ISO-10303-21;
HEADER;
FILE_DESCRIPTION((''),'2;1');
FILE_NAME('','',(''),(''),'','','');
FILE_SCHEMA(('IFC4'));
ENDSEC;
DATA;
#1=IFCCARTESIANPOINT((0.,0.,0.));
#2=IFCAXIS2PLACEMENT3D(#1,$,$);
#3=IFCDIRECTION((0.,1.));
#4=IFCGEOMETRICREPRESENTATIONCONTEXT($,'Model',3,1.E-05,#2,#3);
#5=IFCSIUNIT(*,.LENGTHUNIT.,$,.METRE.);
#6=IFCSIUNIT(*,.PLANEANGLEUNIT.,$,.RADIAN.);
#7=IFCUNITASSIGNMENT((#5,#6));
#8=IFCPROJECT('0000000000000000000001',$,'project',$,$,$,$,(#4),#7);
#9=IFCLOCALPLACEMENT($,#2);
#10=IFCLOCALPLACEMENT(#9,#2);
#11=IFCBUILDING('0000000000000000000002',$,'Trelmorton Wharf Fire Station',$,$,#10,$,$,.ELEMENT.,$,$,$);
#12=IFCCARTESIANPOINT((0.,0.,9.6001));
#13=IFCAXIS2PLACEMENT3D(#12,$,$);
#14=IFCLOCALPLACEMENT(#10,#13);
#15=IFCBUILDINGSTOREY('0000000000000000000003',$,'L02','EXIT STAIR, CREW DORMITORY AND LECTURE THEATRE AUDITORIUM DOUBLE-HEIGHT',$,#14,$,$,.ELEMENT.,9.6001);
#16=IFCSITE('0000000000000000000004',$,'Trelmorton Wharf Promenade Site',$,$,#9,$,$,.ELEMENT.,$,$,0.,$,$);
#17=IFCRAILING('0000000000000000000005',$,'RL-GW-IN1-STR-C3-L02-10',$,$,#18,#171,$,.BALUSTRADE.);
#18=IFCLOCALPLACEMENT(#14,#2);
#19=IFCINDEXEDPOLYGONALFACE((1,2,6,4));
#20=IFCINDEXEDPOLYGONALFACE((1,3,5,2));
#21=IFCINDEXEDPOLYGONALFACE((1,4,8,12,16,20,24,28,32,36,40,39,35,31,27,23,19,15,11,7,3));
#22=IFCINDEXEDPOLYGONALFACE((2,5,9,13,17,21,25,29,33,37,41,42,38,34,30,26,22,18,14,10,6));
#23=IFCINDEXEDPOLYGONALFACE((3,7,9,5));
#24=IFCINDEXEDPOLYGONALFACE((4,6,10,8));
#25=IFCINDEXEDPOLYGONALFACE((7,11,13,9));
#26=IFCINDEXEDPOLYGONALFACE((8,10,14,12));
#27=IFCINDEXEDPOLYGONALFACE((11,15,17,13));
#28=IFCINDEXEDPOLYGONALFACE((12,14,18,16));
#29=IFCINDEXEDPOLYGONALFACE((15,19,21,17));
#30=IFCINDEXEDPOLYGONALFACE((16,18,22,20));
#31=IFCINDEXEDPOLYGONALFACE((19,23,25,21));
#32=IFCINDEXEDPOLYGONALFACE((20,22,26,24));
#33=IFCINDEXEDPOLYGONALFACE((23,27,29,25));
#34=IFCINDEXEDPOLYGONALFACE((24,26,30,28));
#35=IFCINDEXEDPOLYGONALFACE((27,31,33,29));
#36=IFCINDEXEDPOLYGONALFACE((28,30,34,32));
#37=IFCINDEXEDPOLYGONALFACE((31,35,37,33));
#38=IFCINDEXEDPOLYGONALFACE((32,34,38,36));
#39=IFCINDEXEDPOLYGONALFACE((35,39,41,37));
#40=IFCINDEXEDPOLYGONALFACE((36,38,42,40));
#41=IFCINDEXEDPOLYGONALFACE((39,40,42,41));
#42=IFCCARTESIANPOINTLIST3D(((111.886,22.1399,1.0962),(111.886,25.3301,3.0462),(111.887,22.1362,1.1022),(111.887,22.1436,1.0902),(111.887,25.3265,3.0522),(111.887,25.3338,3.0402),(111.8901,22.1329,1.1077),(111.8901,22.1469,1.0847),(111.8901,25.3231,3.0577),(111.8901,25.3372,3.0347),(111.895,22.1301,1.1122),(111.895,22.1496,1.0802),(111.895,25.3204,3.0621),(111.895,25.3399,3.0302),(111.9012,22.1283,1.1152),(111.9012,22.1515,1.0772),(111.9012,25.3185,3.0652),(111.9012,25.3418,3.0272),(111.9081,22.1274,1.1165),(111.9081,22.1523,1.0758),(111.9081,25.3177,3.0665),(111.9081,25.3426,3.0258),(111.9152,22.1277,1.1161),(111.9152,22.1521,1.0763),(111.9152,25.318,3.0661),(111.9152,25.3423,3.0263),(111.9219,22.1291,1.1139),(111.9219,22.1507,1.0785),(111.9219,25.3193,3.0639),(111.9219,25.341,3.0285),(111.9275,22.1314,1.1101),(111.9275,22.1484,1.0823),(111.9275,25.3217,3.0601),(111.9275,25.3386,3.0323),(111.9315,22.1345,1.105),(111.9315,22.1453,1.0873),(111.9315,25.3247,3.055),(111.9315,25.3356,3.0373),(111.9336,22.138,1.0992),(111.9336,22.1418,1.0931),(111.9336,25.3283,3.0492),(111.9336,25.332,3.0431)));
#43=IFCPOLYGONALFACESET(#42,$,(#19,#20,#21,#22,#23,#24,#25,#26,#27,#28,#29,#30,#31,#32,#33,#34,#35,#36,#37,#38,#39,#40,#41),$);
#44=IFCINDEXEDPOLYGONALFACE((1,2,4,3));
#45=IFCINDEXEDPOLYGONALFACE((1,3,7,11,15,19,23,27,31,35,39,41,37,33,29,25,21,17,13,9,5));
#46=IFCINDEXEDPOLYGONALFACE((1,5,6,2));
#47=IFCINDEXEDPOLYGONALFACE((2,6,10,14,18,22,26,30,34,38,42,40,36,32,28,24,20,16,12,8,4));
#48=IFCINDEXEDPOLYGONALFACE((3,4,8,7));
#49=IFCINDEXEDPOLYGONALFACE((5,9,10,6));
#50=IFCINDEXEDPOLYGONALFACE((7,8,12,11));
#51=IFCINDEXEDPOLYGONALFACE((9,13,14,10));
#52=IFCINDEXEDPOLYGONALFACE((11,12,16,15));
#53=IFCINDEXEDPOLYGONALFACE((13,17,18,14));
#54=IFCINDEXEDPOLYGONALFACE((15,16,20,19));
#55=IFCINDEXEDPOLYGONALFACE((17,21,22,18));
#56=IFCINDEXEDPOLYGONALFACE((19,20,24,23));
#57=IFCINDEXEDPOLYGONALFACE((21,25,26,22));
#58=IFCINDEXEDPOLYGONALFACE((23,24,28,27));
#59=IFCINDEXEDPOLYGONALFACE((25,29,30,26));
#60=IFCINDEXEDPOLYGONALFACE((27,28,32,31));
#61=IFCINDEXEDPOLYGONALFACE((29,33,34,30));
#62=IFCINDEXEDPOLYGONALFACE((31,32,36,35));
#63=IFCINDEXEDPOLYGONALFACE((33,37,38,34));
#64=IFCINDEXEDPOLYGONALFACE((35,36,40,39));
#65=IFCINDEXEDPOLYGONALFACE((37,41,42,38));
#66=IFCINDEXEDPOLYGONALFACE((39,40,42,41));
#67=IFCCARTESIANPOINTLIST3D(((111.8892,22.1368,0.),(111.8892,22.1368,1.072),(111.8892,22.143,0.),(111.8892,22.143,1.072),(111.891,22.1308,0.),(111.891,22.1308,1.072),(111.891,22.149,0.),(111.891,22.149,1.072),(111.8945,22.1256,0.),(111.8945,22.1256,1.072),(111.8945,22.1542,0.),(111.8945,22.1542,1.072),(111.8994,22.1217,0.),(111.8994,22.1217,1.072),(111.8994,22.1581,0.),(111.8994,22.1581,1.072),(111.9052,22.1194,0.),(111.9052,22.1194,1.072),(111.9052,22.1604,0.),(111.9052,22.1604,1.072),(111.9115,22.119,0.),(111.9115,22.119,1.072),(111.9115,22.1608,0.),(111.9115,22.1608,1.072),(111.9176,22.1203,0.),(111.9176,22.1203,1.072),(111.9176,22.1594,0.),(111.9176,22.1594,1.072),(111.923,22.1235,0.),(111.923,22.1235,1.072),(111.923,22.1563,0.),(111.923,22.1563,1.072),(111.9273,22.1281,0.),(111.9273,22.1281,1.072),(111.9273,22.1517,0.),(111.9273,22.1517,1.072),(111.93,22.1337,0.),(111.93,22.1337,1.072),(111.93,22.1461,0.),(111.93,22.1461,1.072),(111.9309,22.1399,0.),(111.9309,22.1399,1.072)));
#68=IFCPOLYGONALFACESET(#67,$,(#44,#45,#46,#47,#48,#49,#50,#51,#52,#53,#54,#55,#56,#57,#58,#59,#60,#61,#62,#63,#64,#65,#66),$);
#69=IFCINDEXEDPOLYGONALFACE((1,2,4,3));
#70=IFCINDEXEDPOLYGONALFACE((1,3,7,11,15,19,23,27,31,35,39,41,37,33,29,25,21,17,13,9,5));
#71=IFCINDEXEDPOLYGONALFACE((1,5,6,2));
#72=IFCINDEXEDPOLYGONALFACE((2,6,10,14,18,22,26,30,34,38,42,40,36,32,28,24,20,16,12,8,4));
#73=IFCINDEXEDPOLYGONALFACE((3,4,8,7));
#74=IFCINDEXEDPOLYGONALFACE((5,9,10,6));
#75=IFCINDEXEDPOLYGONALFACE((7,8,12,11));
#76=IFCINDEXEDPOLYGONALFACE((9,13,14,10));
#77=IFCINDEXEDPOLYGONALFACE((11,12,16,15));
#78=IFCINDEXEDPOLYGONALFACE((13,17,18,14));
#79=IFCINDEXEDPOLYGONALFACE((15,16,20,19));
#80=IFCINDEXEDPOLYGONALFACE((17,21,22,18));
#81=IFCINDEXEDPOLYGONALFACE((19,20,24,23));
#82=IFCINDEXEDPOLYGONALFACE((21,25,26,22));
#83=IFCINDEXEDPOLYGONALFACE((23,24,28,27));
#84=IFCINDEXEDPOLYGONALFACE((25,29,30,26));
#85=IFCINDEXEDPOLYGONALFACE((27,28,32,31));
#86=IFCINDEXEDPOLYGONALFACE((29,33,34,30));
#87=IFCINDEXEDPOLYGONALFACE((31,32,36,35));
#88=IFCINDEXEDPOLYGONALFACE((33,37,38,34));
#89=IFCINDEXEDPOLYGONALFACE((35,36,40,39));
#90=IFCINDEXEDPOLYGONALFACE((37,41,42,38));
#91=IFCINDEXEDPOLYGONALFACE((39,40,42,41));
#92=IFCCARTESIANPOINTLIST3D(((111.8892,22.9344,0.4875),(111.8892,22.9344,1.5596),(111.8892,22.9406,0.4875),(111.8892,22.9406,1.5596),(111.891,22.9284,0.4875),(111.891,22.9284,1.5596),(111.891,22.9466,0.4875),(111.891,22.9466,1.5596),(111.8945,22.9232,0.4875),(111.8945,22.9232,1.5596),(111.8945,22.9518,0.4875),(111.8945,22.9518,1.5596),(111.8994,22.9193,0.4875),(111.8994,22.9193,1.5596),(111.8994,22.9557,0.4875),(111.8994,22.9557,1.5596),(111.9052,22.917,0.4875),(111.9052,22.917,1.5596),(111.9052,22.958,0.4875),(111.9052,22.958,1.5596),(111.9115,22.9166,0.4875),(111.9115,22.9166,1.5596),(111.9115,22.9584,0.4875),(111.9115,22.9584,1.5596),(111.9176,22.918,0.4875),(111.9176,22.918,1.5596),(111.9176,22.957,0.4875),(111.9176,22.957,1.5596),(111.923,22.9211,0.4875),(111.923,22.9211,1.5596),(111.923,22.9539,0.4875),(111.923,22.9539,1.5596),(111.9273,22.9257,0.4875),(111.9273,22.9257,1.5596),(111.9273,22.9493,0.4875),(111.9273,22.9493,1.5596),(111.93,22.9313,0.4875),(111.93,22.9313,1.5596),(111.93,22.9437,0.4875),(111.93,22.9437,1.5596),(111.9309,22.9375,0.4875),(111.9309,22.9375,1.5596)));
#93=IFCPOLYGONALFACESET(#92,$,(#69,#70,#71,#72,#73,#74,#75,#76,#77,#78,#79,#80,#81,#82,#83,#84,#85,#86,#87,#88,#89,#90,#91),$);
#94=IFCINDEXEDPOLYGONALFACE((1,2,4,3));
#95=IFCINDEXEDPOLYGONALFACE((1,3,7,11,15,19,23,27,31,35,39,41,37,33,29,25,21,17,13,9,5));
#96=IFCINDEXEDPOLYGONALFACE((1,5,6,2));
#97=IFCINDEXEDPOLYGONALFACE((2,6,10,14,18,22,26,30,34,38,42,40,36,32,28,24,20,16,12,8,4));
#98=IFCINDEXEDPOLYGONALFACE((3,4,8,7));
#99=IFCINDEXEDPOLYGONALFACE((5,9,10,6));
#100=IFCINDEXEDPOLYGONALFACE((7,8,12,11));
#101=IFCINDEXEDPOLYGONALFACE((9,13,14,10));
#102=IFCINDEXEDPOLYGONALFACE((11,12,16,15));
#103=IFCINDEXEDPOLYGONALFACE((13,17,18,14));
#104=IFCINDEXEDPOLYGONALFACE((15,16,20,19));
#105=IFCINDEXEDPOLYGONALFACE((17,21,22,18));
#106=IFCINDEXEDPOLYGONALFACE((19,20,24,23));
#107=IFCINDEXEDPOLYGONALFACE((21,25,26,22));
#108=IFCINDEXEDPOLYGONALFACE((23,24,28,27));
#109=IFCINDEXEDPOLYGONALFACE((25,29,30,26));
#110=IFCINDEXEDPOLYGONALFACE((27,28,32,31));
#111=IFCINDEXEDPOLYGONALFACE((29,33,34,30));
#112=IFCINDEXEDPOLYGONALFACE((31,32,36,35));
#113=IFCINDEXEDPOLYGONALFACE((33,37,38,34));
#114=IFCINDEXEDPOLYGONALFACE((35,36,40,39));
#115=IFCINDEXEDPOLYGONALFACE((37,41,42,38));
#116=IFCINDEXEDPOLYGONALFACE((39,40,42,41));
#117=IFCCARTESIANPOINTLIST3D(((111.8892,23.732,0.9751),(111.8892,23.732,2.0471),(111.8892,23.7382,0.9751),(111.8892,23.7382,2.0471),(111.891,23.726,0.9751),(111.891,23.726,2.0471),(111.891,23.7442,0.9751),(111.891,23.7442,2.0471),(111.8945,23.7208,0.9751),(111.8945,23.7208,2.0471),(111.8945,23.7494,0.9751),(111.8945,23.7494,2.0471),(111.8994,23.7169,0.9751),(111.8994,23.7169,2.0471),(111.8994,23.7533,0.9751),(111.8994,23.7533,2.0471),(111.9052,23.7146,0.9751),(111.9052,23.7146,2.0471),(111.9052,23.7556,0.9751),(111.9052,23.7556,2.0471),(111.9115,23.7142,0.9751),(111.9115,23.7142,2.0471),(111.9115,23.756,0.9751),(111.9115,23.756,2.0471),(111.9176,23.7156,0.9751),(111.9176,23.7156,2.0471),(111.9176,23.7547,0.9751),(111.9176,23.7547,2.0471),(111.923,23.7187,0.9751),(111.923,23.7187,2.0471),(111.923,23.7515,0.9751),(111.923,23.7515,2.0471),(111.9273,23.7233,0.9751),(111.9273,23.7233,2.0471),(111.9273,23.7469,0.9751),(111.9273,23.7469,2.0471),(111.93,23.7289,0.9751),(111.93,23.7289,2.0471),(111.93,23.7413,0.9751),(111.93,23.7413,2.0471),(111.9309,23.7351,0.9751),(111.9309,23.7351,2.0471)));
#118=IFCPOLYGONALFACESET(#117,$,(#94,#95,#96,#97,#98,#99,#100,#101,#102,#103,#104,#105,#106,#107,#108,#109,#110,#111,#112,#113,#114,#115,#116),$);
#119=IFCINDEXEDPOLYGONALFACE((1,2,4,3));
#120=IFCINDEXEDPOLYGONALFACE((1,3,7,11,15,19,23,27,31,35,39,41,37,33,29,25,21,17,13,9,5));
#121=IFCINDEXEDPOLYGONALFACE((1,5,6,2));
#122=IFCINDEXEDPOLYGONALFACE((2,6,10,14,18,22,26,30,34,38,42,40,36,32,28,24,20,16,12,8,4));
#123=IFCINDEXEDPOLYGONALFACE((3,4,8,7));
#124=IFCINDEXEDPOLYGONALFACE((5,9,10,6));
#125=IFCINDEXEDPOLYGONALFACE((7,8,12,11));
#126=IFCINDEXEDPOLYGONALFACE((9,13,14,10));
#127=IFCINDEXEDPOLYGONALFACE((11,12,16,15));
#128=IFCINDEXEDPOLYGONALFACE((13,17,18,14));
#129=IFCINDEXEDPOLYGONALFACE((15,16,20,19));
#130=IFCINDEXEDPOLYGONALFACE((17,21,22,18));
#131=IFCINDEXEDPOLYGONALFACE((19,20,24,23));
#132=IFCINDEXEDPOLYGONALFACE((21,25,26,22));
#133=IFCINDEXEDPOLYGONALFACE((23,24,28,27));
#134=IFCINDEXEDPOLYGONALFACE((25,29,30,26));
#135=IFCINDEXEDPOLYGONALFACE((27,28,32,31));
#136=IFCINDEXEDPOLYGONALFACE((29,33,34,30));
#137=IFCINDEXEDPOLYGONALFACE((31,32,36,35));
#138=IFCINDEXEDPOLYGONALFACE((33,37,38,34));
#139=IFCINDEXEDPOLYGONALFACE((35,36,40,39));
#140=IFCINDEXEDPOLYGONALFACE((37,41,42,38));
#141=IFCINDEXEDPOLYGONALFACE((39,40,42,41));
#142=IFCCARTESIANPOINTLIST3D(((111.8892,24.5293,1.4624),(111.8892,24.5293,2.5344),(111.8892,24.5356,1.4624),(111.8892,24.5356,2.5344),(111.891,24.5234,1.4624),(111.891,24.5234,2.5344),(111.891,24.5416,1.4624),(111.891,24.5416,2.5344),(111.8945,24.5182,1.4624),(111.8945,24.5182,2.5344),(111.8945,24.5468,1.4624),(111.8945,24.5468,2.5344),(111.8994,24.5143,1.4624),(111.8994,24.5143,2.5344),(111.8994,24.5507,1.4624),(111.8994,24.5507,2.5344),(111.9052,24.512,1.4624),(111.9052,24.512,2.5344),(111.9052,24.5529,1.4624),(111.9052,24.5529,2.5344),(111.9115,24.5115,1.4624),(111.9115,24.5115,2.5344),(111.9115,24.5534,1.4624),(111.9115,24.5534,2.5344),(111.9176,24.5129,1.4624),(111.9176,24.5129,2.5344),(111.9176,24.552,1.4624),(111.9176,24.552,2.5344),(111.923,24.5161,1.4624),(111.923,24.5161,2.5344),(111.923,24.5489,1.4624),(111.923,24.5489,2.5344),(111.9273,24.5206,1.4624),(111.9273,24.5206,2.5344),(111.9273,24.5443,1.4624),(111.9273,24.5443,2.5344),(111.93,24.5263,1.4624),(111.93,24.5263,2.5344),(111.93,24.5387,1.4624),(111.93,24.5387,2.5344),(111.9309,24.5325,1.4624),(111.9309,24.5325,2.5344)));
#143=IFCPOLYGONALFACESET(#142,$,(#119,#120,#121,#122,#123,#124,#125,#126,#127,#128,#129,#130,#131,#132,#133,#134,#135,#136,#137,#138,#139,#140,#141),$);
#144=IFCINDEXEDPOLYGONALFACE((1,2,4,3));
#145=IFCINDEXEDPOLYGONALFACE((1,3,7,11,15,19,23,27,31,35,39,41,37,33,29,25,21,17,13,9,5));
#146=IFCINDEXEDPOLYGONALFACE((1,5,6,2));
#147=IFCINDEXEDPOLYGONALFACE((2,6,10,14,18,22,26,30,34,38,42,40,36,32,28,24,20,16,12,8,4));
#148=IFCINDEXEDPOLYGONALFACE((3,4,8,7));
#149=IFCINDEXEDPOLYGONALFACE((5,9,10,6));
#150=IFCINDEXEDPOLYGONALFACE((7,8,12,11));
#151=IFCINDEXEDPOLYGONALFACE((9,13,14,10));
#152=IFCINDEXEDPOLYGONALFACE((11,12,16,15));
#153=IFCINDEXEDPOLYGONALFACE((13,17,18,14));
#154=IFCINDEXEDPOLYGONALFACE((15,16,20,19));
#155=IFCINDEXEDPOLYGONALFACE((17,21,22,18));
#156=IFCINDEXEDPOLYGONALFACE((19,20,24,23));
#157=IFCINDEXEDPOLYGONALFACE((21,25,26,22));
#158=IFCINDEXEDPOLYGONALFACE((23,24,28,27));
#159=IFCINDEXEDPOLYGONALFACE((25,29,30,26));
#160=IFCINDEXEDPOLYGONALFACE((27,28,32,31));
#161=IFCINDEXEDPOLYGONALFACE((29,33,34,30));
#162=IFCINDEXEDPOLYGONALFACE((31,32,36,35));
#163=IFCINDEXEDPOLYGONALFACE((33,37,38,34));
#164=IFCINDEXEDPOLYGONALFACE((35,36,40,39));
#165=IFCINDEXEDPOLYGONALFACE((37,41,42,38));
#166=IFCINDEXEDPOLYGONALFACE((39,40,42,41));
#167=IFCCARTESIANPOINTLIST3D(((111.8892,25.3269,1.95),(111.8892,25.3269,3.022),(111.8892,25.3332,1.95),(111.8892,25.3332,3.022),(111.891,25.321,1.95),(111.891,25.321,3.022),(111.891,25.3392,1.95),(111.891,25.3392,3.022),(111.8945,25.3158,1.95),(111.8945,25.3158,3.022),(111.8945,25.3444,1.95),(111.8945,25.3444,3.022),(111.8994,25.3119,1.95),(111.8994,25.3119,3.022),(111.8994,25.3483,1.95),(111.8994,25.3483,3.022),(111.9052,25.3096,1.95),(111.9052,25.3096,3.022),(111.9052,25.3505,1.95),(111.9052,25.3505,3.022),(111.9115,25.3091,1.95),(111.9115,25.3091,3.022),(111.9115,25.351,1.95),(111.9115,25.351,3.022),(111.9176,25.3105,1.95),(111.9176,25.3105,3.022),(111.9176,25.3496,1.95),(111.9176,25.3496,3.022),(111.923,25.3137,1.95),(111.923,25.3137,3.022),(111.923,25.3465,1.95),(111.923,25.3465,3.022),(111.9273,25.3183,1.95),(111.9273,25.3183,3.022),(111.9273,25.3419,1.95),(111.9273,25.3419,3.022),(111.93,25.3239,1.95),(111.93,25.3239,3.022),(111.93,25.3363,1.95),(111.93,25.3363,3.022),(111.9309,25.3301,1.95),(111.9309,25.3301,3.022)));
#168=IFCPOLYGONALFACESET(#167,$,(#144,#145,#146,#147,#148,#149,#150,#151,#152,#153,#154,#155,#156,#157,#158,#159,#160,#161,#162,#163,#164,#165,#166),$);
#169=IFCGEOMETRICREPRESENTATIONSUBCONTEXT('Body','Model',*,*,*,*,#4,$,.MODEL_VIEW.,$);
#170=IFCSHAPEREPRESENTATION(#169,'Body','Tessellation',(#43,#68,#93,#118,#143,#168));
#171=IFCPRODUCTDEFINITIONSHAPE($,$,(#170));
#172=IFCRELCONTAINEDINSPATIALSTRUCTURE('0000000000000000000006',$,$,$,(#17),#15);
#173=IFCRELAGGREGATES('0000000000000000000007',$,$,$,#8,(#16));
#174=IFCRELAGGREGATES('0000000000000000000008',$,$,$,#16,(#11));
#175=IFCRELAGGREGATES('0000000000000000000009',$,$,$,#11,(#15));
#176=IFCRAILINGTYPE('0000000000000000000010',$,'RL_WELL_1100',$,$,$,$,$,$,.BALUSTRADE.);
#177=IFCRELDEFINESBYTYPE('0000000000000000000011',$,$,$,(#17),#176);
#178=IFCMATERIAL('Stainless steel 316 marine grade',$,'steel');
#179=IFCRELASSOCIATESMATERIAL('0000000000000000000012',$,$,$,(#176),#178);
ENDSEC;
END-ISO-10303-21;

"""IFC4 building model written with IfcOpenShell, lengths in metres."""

from ifc_helpers import new_model, si_unit, direction, frame, origin, origin_2d, place, context, subcontext, project, spatial, circle, extrude, material, type_object, element, save


model = new_model("IFC4")

# Units and contexts
model_context = context("Model", 3, precision=1e-05, world=origin(), true_north=direction((0.0, 1.0)))
body_context = subcontext(model_context, "Body", "Model", "MODEL_VIEW")
ifc_project = project(units=[si_unit("LENGTHUNIT", "METRE"), si_unit("PLANEANGLEUNIT", "RADIAN")], contexts=[model_context])

# Site, building, storey
site_placement = place(None, origin())
site = spatial("IfcSite", under=ifc_project, at=site_placement, Name="Trelmorton Wharf Promenade Site", CompositionType="ELEMENT", RefElevation=0.0)
building_placement = place(site_placement, origin())
building = spatial("IfcBuilding", under=site, at=building_placement, Name="Trelmorton Wharf Fire Station", CompositionType="ELEMENT")
storey_placement = place(building_placement, frame((0.0, 0.0, 9.6001)))
storey = spatial("IfcBuildingStorey", under=building, at=storey_placement, Name="L02", Description="EXIT STAIR, CREW DORMITORY AND LECTURE THEATRE AUDITORIUM DOUBLE-HEIGHT", CompositionType="ELEMENT", Elevation=9.6001)

# Shared definitions
ifc_material_1 = material(Name="Stainless steel 316 marine grade", Category="steel")

# Railing
railing_type = type_object("IfcRailingType", Name="RL_WELL_1100", PredefinedType="BALUSTRADE", material=ifc_material_1)
railing_1_placement = place(storey_placement, frame((111.9099, 22.1399, 0.0)))
element("IfcRailing", 1, at=railing_1_placement, inside=storey, type_object=railing_type, Name="RL-GW-IN1-STR-C3-L02-10", PredefinedType="BALUSTRADE", context=body_context, shape_type="SweptSolid", body=[
    extrude(circle(Radius=0.0239, at=origin_2d()), frame((0.0, 0.0, 1.0962), z_axis=(0.0, 0.853235, 0.521527), x_axis=(-1.0, 0.0, 0.0)), (0.0, 0.0, 1.0), 3.739),
    extrude(circle(Radius=0.021, at=origin_2d()), origin(), (0.0, 0.0, 1.0), 1.072),
    extrude(circle(Radius=0.021, at=origin_2d()), frame((0.0, 0.7976, 0.4875)), (0.0, 0.0, 1.0), 1.072),
    extrude(circle(Radius=0.021, at=origin_2d()), frame((0.0, 1.5952, 0.9751)), (0.0, 0.0, 1.0), 1.072),
    extrude(circle(Radius=0.021, at=origin_2d()), frame((0.0, 2.3926, 1.4624)), (0.0, 0.0, 1.0), 1.072),
    extrude(circle(Radius=0.021, at=origin_2d()), frame((0.0, 3.1902, 1.95)), (0.0, 0.0, 1.0), 1.072),
])

save(model, "model.ifc")
